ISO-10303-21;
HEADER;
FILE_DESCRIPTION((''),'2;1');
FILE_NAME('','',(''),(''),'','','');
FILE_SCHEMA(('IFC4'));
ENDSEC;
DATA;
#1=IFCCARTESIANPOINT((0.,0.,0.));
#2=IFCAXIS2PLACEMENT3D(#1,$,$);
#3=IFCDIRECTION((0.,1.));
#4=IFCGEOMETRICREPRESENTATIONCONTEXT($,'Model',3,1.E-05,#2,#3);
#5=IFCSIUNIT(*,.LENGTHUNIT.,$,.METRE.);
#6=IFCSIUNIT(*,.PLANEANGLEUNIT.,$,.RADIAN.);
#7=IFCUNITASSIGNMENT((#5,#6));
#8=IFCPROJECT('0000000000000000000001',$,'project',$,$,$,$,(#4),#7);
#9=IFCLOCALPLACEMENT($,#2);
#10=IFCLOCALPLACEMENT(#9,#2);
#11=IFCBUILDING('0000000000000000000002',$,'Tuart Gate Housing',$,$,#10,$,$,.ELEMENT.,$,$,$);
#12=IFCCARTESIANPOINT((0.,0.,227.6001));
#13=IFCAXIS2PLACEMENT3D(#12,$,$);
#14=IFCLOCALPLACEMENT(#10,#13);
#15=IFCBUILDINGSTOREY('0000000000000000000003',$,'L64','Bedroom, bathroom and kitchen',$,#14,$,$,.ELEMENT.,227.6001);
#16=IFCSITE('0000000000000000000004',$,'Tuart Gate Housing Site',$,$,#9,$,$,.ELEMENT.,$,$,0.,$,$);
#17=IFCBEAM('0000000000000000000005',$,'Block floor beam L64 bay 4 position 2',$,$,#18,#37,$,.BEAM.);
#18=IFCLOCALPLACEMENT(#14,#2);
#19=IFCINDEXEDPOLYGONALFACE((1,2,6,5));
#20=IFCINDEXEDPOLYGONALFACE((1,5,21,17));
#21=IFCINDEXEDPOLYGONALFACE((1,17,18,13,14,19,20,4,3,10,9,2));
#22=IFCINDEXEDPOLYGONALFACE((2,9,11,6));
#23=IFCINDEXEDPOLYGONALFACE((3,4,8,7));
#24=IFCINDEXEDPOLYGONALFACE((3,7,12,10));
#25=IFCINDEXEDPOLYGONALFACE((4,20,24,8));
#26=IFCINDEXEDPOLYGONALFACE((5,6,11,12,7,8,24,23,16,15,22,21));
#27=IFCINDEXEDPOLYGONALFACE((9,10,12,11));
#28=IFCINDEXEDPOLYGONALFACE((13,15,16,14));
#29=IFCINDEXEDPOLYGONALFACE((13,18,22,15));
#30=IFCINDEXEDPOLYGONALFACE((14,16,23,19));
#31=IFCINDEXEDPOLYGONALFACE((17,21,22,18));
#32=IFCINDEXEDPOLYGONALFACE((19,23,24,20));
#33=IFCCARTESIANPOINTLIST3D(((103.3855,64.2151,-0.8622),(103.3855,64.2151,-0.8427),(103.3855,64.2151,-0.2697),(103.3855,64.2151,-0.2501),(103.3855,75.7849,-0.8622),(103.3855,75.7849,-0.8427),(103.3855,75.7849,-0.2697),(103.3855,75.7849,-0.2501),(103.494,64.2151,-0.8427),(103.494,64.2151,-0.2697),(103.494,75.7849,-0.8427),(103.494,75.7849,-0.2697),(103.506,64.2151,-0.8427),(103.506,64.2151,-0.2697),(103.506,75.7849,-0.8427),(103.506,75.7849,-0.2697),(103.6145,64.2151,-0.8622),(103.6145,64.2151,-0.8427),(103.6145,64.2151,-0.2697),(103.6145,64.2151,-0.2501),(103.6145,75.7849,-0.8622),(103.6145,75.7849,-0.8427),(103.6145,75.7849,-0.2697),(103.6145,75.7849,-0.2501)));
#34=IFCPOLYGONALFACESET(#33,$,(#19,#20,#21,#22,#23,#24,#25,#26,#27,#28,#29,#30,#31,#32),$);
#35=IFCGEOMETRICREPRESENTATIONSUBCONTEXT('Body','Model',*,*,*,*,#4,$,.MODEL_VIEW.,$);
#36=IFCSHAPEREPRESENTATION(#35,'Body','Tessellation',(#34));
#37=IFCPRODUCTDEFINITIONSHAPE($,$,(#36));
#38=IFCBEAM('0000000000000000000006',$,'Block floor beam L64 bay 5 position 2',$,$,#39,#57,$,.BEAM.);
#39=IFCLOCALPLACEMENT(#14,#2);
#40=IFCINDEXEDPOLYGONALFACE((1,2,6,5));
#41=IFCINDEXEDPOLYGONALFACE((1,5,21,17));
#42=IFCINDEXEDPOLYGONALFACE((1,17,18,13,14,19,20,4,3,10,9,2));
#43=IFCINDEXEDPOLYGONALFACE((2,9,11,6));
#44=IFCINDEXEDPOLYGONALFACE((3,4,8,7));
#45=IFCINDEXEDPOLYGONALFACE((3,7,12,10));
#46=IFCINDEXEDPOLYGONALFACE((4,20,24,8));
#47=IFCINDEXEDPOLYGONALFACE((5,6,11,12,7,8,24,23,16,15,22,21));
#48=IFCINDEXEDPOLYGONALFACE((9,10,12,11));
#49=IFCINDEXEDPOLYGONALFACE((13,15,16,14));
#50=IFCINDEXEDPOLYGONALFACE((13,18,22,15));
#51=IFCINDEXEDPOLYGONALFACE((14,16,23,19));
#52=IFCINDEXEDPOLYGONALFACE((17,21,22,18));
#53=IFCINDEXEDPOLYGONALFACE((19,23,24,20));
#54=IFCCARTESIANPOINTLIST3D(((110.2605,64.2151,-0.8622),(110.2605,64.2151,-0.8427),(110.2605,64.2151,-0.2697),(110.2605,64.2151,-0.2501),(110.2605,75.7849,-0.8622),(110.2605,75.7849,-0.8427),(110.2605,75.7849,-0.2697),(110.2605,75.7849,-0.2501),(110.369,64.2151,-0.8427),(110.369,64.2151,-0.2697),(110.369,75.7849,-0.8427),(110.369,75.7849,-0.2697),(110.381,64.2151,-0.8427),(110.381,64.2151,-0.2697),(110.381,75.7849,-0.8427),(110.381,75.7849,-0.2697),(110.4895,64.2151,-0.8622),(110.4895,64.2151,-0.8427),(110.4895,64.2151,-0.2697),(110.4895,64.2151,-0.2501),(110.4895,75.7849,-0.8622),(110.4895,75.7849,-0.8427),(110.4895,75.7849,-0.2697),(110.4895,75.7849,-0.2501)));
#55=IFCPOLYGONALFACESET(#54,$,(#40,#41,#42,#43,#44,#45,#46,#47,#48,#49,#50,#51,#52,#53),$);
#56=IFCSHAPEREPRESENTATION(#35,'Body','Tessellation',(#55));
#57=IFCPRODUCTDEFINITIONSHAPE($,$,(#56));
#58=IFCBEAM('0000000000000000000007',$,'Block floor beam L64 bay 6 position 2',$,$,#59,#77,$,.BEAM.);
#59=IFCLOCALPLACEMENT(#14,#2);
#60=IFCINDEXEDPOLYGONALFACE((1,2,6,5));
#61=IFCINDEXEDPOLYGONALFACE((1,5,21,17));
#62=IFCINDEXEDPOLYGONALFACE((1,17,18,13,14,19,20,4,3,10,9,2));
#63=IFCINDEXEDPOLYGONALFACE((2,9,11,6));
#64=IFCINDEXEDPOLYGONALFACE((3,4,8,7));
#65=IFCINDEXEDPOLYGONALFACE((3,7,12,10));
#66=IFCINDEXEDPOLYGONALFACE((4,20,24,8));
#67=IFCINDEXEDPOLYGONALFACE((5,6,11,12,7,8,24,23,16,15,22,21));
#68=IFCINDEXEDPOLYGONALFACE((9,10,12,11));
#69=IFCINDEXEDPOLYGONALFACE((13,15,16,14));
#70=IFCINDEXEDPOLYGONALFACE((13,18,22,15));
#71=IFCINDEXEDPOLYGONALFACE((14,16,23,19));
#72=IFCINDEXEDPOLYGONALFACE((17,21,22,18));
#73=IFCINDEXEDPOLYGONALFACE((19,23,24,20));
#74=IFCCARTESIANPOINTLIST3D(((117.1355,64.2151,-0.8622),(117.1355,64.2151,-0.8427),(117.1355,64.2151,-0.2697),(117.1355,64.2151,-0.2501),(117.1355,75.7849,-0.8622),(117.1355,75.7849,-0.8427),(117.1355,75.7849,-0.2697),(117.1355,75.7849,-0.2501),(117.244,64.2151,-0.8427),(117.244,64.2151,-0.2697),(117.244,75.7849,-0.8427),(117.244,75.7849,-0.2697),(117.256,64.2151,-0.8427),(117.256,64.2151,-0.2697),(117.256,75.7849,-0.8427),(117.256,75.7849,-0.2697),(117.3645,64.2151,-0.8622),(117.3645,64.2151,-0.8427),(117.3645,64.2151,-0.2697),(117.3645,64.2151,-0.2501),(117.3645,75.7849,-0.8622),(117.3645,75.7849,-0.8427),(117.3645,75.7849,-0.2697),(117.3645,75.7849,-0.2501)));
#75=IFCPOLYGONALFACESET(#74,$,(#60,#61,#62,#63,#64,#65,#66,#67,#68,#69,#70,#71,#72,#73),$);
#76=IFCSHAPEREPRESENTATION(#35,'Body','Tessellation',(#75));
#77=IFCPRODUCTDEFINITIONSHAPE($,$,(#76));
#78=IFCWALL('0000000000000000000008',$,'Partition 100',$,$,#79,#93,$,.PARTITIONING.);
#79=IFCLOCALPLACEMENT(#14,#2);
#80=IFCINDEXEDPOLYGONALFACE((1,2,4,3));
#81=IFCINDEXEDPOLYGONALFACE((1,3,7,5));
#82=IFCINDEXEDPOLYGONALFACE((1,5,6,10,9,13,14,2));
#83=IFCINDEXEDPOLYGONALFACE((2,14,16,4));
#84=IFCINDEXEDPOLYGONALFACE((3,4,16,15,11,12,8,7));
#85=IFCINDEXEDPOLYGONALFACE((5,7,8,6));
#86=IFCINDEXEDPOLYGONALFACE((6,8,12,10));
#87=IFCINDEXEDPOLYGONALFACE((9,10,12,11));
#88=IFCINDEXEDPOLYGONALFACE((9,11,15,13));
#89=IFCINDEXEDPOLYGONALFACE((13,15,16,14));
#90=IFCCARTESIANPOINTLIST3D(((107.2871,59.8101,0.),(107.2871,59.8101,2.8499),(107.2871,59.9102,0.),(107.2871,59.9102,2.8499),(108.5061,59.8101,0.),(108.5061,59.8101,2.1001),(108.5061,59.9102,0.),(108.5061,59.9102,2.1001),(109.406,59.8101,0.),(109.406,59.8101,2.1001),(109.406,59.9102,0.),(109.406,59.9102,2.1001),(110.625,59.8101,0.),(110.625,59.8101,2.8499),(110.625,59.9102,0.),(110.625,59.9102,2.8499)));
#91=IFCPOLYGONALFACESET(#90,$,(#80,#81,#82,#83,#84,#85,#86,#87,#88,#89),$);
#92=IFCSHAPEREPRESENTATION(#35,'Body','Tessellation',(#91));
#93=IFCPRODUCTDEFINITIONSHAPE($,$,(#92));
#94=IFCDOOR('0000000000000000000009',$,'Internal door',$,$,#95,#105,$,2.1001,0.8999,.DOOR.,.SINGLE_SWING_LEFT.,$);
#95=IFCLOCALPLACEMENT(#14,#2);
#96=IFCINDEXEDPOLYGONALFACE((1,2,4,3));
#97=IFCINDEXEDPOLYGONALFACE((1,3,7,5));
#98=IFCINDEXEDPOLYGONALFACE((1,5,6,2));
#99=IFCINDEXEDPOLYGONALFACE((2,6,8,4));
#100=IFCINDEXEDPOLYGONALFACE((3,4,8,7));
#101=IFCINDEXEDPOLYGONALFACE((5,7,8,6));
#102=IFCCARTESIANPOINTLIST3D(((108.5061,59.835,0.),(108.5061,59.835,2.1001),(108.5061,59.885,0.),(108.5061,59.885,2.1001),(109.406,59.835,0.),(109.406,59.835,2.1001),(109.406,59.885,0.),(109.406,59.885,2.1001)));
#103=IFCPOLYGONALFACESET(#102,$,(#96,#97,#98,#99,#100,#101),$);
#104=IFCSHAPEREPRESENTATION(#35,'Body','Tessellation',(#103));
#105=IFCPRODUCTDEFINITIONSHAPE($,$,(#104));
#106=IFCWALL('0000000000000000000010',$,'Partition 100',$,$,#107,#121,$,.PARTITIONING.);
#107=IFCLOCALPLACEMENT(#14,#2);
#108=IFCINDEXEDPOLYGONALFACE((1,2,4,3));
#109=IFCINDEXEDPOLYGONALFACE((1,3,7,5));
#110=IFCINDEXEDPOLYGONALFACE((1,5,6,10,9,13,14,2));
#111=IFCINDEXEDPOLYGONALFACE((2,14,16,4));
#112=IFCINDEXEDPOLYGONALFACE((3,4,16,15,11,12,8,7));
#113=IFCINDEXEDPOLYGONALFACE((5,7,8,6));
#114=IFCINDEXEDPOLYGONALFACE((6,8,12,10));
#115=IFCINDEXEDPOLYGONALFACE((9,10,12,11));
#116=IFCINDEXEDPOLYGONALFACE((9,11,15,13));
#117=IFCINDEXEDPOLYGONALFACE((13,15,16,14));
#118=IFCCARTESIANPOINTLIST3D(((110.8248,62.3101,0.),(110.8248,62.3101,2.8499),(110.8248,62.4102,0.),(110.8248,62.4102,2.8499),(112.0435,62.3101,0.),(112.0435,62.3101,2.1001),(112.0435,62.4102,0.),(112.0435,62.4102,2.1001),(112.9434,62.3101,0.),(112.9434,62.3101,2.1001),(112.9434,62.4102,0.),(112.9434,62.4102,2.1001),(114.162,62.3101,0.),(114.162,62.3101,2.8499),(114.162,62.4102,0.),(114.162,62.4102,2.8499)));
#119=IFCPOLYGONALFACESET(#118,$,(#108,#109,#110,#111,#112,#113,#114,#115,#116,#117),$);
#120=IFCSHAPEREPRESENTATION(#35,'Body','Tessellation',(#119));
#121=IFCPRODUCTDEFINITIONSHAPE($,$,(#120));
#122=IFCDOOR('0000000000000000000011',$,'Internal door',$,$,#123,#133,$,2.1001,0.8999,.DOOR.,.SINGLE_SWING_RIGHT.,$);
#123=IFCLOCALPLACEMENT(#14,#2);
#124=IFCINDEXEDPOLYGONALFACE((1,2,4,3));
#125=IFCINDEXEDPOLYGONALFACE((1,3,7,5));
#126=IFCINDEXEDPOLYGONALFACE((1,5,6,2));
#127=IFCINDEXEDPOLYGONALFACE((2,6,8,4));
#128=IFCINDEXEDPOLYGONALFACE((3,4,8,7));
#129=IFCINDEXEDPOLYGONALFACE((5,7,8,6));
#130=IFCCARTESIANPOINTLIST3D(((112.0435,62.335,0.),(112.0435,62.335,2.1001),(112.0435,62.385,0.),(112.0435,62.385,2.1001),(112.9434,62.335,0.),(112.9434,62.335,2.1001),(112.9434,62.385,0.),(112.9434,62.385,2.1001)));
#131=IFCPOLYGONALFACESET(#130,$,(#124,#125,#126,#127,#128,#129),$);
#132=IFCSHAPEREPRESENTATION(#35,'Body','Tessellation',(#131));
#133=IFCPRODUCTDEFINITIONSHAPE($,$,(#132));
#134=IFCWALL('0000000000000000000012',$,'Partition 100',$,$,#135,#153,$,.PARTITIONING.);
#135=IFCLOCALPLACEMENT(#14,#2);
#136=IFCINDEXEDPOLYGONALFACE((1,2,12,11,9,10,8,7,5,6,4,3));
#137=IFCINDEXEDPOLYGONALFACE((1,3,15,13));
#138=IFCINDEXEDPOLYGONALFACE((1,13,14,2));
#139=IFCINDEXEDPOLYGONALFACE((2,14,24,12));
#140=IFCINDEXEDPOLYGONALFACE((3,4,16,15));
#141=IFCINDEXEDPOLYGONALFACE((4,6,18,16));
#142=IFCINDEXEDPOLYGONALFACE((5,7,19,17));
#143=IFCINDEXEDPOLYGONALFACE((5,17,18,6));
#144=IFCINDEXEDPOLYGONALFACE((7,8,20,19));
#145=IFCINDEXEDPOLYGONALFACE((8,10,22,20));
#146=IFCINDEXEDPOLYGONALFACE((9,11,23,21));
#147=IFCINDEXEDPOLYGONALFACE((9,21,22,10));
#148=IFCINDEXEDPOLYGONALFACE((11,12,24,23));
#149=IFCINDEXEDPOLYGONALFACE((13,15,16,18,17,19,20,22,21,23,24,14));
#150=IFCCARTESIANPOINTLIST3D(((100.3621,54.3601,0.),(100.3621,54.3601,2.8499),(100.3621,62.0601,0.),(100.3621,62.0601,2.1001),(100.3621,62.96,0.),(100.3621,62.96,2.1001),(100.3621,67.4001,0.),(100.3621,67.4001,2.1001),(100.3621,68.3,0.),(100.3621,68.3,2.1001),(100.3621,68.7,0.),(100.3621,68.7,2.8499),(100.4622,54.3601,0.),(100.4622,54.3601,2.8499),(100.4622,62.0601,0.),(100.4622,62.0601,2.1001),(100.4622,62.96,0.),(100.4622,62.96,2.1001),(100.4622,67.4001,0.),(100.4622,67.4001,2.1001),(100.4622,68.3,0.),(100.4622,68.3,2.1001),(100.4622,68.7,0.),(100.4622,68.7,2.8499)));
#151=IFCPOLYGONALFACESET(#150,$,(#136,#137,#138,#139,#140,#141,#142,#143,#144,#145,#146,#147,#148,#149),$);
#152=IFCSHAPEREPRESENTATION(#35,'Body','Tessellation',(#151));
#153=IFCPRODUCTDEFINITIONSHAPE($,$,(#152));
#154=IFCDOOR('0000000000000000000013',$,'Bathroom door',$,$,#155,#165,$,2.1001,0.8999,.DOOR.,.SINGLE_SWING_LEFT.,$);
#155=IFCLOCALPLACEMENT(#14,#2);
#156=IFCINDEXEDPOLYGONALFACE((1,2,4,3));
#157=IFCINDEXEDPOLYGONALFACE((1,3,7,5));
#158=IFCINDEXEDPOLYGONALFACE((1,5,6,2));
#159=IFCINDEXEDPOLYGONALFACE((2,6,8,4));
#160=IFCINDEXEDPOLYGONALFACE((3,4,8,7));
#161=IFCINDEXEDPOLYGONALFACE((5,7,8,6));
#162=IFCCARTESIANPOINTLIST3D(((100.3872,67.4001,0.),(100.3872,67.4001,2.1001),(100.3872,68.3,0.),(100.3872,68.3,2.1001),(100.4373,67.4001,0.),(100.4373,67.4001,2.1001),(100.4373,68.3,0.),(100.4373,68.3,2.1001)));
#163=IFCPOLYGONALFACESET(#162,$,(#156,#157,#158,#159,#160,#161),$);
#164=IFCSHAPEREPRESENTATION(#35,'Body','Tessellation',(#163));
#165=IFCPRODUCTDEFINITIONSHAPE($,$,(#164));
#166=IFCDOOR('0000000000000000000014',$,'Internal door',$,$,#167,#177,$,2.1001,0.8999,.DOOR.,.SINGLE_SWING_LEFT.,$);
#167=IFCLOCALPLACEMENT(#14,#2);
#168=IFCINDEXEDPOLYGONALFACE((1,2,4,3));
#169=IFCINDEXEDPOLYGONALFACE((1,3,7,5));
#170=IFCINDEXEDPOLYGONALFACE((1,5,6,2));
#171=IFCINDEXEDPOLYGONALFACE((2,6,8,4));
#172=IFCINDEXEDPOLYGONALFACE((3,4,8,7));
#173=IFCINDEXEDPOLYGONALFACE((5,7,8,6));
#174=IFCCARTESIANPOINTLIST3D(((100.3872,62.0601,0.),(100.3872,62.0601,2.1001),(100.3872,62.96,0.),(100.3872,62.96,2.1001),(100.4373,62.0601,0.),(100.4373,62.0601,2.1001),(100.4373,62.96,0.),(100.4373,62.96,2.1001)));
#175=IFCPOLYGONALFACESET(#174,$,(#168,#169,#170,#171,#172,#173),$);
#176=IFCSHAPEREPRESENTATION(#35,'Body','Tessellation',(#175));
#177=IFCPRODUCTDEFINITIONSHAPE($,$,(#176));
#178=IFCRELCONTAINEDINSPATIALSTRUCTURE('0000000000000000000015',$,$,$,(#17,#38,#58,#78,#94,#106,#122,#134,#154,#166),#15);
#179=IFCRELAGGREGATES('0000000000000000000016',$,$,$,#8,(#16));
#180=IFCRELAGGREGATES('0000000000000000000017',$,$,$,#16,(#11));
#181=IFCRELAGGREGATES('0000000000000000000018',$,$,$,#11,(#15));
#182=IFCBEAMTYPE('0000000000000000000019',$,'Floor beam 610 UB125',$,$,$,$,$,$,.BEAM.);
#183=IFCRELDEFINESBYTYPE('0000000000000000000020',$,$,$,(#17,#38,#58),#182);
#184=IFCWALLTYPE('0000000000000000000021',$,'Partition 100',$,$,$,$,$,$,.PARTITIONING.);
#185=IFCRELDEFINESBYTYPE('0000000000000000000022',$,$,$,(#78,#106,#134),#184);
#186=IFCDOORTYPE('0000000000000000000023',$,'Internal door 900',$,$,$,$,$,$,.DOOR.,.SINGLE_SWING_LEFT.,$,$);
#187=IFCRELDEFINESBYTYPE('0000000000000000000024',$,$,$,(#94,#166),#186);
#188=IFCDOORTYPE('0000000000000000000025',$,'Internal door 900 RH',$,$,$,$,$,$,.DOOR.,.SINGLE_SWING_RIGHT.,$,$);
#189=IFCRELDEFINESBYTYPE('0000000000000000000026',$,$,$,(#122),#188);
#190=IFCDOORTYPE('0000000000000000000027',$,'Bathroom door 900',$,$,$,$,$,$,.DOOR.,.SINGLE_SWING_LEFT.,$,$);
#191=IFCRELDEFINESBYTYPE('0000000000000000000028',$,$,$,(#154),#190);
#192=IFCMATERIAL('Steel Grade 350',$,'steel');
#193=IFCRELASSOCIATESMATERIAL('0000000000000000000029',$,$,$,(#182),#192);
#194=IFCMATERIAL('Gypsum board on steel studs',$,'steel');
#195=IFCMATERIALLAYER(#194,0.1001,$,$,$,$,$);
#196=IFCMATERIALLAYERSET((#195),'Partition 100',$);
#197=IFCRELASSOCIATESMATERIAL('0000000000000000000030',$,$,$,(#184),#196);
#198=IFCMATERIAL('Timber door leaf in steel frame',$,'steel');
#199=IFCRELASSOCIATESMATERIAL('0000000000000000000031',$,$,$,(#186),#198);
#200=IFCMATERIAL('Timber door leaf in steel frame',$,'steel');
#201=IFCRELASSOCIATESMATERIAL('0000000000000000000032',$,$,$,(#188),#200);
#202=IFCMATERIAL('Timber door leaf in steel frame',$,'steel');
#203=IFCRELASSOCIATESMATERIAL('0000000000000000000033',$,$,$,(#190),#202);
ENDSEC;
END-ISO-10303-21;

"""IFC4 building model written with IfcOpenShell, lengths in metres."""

from ifc_helpers import new_model, si_unit, direction, frame, frame_2d, origin, origin_2d, place, context, subcontext, project, spatial, rectangle, i_section, extrude, material, layer, layer_set, material_profile, profile_set, type_object, element, fill, save


model = new_model("IFC4")

# Units and contexts
model_context = context("Model", 3, precision=1e-05, world=origin(), true_north=direction((0.0, 1.0)))
body_context = subcontext(model_context, "Body", "Model", "MODEL_VIEW")
ifc_project = project(units=[si_unit("LENGTHUNIT", "METRE"), si_unit("PLANEANGLEUNIT", "RADIAN")], contexts=[model_context])

# Site, building, storey
site_placement = place(None, origin())
site = spatial("IfcSite", under=ifc_project, at=site_placement, Name="Tuart Gate Housing Site", CompositionType="ELEMENT", RefElevation=0.0)
building_placement = place(site_placement, origin())
building = spatial("IfcBuilding", under=site, at=building_placement, Name="Tuart Gate Housing", CompositionType="ELEMENT")
storey_placement = place(building_placement, frame((0.0, 0.0, 227.6001)))
storey = spatial("IfcBuildingStorey", under=building, at=storey_placement, Name="L64", Description="Bedroom, bathroom and kitchen", CompositionType="ELEMENT", Elevation=227.6001)

# Beams
ifc_material_1 = material(Name="Steel Grade 350", Category="steel")
ifc_material_profile_1 = material_profile(ifc_material_1, i_section(OverallWidth=0.229, OverallDepth=0.6121, WebThickness=0.012, FlangeThickness=0.0195, at=origin_2d()), Name="610UB125")
ifc_profile_set_1 = profile_set([ifc_material_profile_1], Name="Steel Grade 350")
beam_type_1 = type_object("IfcBeamType", Name="Floor beam 610 UB125", PredefinedType="BEAM", material=ifc_profile_set_1)
for number, where, z_axis, x_axis, name in (
    (1, (103.5, 64.2151, -0.5562), (0.0, 1.0, 0.0), (-1.0, 0.0, 0.0), "Block floor beam L64 bay 4 position 2"),
    (2, (110.375, 64.2151, -0.5562), (0.0, 1.0, 0.0), (-1.0, 0.0, 0.0), "Block floor beam L64 bay 5 position 2"),
    (3, (117.25, 64.2151, -0.5562), (0.0, 1.0, 0.0), (-1.0, 0.0, 0.0), "Block floor beam L64 bay 6 position 2"),
):
    element("IfcBeam", number, at=place(storey_placement, frame(where, z_axis=z_axis, x_axis=x_axis)), inside=storey, type_object=beam_type_1, Name=name, PredefinedType="BEAM", context=body_context, shape_type="SweptSolid", body=[
        extrude(i_section(OverallWidth=0.229, OverallDepth=0.6121, WebThickness=0.012, FlangeThickness=0.0195, at=origin_2d()), origin(), (0.0, 0.0, 1.0), 11.5698),
    ])

# Walls, openings, doors
ifc_material_2 = material(Name="Gypsum board on steel studs", Category="steel")
ifc_layer_1 = layer(ifc_material_2, 0.1001)
ifc_layer_set_1 = layer_set([ifc_layer_1], Name="Partition 100")
wall_type_1 = type_object("IfcWallType", Name="Partition 100", PredefinedType="PARTITIONING", material=ifc_layer_set_1)
wall_1_placement = place(storey_placement, frame((107.2871, 59.8601, 0.0), z_axis=(0.0, 0.0, 1.0), x_axis=(1.0, 0.0, 0.0)))
wall_1 = element("IfcWall", 4, at=wall_1_placement, inside=storey, type_object=wall_type_1, Name="Partition 100", PredefinedType="PARTITIONING", context=body_context, shape_type="SweptSolid", body=[
    extrude(rectangle(XDim=3.3379, YDim=0.1001, at=frame_2d((1.6689, 0.0))), origin(), (0.0, 0.0, 1.0), 2.8499),
])
opening_1_placement = place(wall_1_placement, frame((1.219, 0.0, 0.0)))
opening_1 = element("IfcOpeningElement", 5, at=opening_1_placement, cuts=wall_1, PredefinedType="OPENING", context=body_context, shape_type="SweptSolid", body=[
    extrude(rectangle(XDim=0.8999, YDim=2.1001, at=frame_2d((0.45, 1.05))), frame((0.0, 0.0601, 0.0), z_axis=(0.0, -1.0, 0.0), x_axis=(1.0, 0.0, 0.0)), (0.0, 0.0, 1.0), 0.1201),
])
ifc_material_3 = material(Name="Timber door leaf in steel frame", Category="steel")
door_type_1 = type_object("IfcDoorType", Name="Internal door 900", OperationType="SINGLE_SWING_LEFT", PredefinedType="DOOR", material=ifc_material_3)
door_1_placement = place(opening_1_placement, origin())
door_1 = element("IfcDoor", 6, at=door_1_placement, inside=storey, type_object=door_type_1, Name="Internal door", OperationType="SINGLE_SWING_LEFT", OverallHeight=2.1001, OverallWidth=0.8999, PredefinedType="DOOR", context=body_context, shape_type="SweptSolid", body=[
    extrude(rectangle(XDim=0.8999, YDim=2.1001, at=frame_2d((0.45, 1.05))), frame((0.0, 0.0249, 0.0), z_axis=(0.0, -1.0, 0.0), x_axis=(1.0, 0.0, 0.0)), (0.0, 0.0, 1.0), 0.05),
])
fill(opening_1, door_1)
wall_2_placement = place(storey_placement, frame((110.825, 62.3601, 0.0), z_axis=(0.0, 0.0, 1.0), x_axis=(1.0, 0.0, 0.0)))
wall_2 = element("IfcWall", 7, at=wall_2_placement, inside=storey, type_object=wall_type_1, Name="Partition 100", PredefinedType="PARTITIONING", context=body_context, shape_type="SweptSolid", body=[
    extrude(rectangle(XDim=3.3372, YDim=0.1001, at=frame_2d((1.6685, 0.0))), origin(), (0.0, 0.0, 1.0), 2.8499),
])
opening_2_placement = place(wall_2_placement, frame((1.2185, 0.0, 0.0)))
opening_2 = element("IfcOpeningElement", 8, at=opening_2_placement, cuts=wall_2, PredefinedType="OPENING", context=body_context, shape_type="SweptSolid", body=[
    extrude(rectangle(XDim=0.8999, YDim=2.1001, at=frame_2d((0.45, 1.05))), frame((0.0, 0.0601, 0.0), z_axis=(0.0, -1.0, 0.0), x_axis=(1.0, 0.0, 0.0)), (0.0, 0.0, 1.0), 0.1201),
])
ifc_material_4 = material(Name="Timber door leaf in steel frame", Category="steel")
door_type_2 = type_object("IfcDoorType", Name="Internal door 900 RH", OperationType="SINGLE_SWING_RIGHT", PredefinedType="DOOR", material=ifc_material_4)
door_2_placement = place(opening_2_placement, origin())
door_2 = element("IfcDoor", 9, at=door_2_placement, inside=storey, type_object=door_type_2, Name="Internal door", OperationType="SINGLE_SWING_RIGHT", OverallHeight=2.1001, OverallWidth=0.8999, PredefinedType="DOOR", context=body_context, shape_type="SweptSolid", body=[
    extrude(rectangle(XDim=0.8999, YDim=2.1001, at=frame_2d((0.45, 1.05))), frame((0.0, 0.0249, 0.0), z_axis=(0.0, -1.0, 0.0), x_axis=(1.0, 0.0, 0.0)), (0.0, 0.0, 1.0), 0.05),
])
fill(opening_2, door_2)

# Wall, openings, doors
wall_3_placement = place(storey_placement, frame((100.4121, 54.3601, 0.0), z_axis=(0.0, 0.0, 1.0), x_axis=(0.0, 1.0, 0.0)))
wall_3 = element("IfcWall", 10, at=wall_3_placement, inside=storey, type_object=wall_type_1, Name="Partition 100", PredefinedType="PARTITIONING", context=body_context, shape_type="SweptSolid", body=[
    extrude(rectangle(XDim=14.3398, YDim=0.1001, at=frame_2d((7.1699, 0.0))), origin(), (0.0, 0.0, 1.0), 2.8499),
])
opening_3_placement = place(wall_3_placement, frame((7.7, 0.0, 0.0)))
opening_3 = element("IfcOpeningElement", 11, at=opening_3_placement, cuts=wall_3, PredefinedType="OPENING", context=body_context, shape_type="SweptSolid", body=[
    extrude(rectangle(XDim=0.8999, YDim=2.1001, at=frame_2d((0.45, 1.05))), frame((0.0, 0.0601, 0.0), z_axis=(0.0, -1.0, 0.0), x_axis=(1.0, 0.0, 0.0)), (0.0, 0.0, 1.0), 0.1201),
])
opening_4_placement = place(wall_3_placement, frame((13.04, 0.0, 0.0)))
opening_4 = element("IfcOpeningElement", 12, at=opening_4_placement, cuts=wall_3, PredefinedType="OPENING", context=body_context, shape_type="SweptSolid", body=[
    extrude(rectangle(XDim=0.8999, YDim=2.1001, at=frame_2d((0.45, 1.05))), frame((0.0, 0.0601, 0.0), z_axis=(0.0, -1.0, 0.0), x_axis=(1.0, 0.0, 0.0)), (0.0, 0.0, 1.0), 0.1201),
])
ifc_material_5 = material(Name="Timber door leaf in steel frame", Category="steel")
door_type_3 = type_object("IfcDoorType", Name="Bathroom door 900", OperationType="SINGLE_SWING_LEFT", PredefinedType="DOOR", material=ifc_material_5)
door_3_placement = place(opening_4_placement, frame((0.8999, 0.0, 0.0), z_axis=(0.0, 0.0, 1.0), x_axis=(-1.0, 0.0, 0.0)))
door_3 = element("IfcDoor", 13, at=door_3_placement, inside=storey, type_object=door_type_3, Name="Bathroom door", OperationType="SINGLE_SWING_LEFT", OverallHeight=2.1001, OverallWidth=0.8999, PredefinedType="DOOR", context=body_context, shape_type="SweptSolid", body=[
    extrude(rectangle(XDim=0.8999, YDim=2.1001, at=frame_2d((0.45, 1.05))), frame((0.0, 0.0251, 0.0), z_axis=(0.0, -1.0, 0.0), x_axis=(1.0, 0.0, 0.0)), (0.0, 0.0, 1.0), 0.05),
])
fill(opening_4, door_3)
door_4_placement = place(opening_3_placement, frame((0.8999, 0.0, 0.0), z_axis=(0.0, 0.0, 1.0), x_axis=(-1.0, 0.0, 0.0)))
door_4 = element("IfcDoor", 14, at=door_4_placement, inside=storey, type_object=door_type_1, Name="Internal door", OperationType="SINGLE_SWING_LEFT", OverallHeight=2.1001, OverallWidth=0.8999, PredefinedType="DOOR", context=body_context, shape_type="SweptSolid", body=[
    extrude(rectangle(XDim=0.8999, YDim=2.1001, at=frame_2d((0.45, 1.05))), frame((0.0, 0.0251, 0.0), z_axis=(0.0, -1.0, 0.0), x_axis=(1.0, 0.0, 0.0)), (0.0, 0.0, 1.0), 0.05),
])
fill(opening_3, door_4)

save(model, "model.ifc")
